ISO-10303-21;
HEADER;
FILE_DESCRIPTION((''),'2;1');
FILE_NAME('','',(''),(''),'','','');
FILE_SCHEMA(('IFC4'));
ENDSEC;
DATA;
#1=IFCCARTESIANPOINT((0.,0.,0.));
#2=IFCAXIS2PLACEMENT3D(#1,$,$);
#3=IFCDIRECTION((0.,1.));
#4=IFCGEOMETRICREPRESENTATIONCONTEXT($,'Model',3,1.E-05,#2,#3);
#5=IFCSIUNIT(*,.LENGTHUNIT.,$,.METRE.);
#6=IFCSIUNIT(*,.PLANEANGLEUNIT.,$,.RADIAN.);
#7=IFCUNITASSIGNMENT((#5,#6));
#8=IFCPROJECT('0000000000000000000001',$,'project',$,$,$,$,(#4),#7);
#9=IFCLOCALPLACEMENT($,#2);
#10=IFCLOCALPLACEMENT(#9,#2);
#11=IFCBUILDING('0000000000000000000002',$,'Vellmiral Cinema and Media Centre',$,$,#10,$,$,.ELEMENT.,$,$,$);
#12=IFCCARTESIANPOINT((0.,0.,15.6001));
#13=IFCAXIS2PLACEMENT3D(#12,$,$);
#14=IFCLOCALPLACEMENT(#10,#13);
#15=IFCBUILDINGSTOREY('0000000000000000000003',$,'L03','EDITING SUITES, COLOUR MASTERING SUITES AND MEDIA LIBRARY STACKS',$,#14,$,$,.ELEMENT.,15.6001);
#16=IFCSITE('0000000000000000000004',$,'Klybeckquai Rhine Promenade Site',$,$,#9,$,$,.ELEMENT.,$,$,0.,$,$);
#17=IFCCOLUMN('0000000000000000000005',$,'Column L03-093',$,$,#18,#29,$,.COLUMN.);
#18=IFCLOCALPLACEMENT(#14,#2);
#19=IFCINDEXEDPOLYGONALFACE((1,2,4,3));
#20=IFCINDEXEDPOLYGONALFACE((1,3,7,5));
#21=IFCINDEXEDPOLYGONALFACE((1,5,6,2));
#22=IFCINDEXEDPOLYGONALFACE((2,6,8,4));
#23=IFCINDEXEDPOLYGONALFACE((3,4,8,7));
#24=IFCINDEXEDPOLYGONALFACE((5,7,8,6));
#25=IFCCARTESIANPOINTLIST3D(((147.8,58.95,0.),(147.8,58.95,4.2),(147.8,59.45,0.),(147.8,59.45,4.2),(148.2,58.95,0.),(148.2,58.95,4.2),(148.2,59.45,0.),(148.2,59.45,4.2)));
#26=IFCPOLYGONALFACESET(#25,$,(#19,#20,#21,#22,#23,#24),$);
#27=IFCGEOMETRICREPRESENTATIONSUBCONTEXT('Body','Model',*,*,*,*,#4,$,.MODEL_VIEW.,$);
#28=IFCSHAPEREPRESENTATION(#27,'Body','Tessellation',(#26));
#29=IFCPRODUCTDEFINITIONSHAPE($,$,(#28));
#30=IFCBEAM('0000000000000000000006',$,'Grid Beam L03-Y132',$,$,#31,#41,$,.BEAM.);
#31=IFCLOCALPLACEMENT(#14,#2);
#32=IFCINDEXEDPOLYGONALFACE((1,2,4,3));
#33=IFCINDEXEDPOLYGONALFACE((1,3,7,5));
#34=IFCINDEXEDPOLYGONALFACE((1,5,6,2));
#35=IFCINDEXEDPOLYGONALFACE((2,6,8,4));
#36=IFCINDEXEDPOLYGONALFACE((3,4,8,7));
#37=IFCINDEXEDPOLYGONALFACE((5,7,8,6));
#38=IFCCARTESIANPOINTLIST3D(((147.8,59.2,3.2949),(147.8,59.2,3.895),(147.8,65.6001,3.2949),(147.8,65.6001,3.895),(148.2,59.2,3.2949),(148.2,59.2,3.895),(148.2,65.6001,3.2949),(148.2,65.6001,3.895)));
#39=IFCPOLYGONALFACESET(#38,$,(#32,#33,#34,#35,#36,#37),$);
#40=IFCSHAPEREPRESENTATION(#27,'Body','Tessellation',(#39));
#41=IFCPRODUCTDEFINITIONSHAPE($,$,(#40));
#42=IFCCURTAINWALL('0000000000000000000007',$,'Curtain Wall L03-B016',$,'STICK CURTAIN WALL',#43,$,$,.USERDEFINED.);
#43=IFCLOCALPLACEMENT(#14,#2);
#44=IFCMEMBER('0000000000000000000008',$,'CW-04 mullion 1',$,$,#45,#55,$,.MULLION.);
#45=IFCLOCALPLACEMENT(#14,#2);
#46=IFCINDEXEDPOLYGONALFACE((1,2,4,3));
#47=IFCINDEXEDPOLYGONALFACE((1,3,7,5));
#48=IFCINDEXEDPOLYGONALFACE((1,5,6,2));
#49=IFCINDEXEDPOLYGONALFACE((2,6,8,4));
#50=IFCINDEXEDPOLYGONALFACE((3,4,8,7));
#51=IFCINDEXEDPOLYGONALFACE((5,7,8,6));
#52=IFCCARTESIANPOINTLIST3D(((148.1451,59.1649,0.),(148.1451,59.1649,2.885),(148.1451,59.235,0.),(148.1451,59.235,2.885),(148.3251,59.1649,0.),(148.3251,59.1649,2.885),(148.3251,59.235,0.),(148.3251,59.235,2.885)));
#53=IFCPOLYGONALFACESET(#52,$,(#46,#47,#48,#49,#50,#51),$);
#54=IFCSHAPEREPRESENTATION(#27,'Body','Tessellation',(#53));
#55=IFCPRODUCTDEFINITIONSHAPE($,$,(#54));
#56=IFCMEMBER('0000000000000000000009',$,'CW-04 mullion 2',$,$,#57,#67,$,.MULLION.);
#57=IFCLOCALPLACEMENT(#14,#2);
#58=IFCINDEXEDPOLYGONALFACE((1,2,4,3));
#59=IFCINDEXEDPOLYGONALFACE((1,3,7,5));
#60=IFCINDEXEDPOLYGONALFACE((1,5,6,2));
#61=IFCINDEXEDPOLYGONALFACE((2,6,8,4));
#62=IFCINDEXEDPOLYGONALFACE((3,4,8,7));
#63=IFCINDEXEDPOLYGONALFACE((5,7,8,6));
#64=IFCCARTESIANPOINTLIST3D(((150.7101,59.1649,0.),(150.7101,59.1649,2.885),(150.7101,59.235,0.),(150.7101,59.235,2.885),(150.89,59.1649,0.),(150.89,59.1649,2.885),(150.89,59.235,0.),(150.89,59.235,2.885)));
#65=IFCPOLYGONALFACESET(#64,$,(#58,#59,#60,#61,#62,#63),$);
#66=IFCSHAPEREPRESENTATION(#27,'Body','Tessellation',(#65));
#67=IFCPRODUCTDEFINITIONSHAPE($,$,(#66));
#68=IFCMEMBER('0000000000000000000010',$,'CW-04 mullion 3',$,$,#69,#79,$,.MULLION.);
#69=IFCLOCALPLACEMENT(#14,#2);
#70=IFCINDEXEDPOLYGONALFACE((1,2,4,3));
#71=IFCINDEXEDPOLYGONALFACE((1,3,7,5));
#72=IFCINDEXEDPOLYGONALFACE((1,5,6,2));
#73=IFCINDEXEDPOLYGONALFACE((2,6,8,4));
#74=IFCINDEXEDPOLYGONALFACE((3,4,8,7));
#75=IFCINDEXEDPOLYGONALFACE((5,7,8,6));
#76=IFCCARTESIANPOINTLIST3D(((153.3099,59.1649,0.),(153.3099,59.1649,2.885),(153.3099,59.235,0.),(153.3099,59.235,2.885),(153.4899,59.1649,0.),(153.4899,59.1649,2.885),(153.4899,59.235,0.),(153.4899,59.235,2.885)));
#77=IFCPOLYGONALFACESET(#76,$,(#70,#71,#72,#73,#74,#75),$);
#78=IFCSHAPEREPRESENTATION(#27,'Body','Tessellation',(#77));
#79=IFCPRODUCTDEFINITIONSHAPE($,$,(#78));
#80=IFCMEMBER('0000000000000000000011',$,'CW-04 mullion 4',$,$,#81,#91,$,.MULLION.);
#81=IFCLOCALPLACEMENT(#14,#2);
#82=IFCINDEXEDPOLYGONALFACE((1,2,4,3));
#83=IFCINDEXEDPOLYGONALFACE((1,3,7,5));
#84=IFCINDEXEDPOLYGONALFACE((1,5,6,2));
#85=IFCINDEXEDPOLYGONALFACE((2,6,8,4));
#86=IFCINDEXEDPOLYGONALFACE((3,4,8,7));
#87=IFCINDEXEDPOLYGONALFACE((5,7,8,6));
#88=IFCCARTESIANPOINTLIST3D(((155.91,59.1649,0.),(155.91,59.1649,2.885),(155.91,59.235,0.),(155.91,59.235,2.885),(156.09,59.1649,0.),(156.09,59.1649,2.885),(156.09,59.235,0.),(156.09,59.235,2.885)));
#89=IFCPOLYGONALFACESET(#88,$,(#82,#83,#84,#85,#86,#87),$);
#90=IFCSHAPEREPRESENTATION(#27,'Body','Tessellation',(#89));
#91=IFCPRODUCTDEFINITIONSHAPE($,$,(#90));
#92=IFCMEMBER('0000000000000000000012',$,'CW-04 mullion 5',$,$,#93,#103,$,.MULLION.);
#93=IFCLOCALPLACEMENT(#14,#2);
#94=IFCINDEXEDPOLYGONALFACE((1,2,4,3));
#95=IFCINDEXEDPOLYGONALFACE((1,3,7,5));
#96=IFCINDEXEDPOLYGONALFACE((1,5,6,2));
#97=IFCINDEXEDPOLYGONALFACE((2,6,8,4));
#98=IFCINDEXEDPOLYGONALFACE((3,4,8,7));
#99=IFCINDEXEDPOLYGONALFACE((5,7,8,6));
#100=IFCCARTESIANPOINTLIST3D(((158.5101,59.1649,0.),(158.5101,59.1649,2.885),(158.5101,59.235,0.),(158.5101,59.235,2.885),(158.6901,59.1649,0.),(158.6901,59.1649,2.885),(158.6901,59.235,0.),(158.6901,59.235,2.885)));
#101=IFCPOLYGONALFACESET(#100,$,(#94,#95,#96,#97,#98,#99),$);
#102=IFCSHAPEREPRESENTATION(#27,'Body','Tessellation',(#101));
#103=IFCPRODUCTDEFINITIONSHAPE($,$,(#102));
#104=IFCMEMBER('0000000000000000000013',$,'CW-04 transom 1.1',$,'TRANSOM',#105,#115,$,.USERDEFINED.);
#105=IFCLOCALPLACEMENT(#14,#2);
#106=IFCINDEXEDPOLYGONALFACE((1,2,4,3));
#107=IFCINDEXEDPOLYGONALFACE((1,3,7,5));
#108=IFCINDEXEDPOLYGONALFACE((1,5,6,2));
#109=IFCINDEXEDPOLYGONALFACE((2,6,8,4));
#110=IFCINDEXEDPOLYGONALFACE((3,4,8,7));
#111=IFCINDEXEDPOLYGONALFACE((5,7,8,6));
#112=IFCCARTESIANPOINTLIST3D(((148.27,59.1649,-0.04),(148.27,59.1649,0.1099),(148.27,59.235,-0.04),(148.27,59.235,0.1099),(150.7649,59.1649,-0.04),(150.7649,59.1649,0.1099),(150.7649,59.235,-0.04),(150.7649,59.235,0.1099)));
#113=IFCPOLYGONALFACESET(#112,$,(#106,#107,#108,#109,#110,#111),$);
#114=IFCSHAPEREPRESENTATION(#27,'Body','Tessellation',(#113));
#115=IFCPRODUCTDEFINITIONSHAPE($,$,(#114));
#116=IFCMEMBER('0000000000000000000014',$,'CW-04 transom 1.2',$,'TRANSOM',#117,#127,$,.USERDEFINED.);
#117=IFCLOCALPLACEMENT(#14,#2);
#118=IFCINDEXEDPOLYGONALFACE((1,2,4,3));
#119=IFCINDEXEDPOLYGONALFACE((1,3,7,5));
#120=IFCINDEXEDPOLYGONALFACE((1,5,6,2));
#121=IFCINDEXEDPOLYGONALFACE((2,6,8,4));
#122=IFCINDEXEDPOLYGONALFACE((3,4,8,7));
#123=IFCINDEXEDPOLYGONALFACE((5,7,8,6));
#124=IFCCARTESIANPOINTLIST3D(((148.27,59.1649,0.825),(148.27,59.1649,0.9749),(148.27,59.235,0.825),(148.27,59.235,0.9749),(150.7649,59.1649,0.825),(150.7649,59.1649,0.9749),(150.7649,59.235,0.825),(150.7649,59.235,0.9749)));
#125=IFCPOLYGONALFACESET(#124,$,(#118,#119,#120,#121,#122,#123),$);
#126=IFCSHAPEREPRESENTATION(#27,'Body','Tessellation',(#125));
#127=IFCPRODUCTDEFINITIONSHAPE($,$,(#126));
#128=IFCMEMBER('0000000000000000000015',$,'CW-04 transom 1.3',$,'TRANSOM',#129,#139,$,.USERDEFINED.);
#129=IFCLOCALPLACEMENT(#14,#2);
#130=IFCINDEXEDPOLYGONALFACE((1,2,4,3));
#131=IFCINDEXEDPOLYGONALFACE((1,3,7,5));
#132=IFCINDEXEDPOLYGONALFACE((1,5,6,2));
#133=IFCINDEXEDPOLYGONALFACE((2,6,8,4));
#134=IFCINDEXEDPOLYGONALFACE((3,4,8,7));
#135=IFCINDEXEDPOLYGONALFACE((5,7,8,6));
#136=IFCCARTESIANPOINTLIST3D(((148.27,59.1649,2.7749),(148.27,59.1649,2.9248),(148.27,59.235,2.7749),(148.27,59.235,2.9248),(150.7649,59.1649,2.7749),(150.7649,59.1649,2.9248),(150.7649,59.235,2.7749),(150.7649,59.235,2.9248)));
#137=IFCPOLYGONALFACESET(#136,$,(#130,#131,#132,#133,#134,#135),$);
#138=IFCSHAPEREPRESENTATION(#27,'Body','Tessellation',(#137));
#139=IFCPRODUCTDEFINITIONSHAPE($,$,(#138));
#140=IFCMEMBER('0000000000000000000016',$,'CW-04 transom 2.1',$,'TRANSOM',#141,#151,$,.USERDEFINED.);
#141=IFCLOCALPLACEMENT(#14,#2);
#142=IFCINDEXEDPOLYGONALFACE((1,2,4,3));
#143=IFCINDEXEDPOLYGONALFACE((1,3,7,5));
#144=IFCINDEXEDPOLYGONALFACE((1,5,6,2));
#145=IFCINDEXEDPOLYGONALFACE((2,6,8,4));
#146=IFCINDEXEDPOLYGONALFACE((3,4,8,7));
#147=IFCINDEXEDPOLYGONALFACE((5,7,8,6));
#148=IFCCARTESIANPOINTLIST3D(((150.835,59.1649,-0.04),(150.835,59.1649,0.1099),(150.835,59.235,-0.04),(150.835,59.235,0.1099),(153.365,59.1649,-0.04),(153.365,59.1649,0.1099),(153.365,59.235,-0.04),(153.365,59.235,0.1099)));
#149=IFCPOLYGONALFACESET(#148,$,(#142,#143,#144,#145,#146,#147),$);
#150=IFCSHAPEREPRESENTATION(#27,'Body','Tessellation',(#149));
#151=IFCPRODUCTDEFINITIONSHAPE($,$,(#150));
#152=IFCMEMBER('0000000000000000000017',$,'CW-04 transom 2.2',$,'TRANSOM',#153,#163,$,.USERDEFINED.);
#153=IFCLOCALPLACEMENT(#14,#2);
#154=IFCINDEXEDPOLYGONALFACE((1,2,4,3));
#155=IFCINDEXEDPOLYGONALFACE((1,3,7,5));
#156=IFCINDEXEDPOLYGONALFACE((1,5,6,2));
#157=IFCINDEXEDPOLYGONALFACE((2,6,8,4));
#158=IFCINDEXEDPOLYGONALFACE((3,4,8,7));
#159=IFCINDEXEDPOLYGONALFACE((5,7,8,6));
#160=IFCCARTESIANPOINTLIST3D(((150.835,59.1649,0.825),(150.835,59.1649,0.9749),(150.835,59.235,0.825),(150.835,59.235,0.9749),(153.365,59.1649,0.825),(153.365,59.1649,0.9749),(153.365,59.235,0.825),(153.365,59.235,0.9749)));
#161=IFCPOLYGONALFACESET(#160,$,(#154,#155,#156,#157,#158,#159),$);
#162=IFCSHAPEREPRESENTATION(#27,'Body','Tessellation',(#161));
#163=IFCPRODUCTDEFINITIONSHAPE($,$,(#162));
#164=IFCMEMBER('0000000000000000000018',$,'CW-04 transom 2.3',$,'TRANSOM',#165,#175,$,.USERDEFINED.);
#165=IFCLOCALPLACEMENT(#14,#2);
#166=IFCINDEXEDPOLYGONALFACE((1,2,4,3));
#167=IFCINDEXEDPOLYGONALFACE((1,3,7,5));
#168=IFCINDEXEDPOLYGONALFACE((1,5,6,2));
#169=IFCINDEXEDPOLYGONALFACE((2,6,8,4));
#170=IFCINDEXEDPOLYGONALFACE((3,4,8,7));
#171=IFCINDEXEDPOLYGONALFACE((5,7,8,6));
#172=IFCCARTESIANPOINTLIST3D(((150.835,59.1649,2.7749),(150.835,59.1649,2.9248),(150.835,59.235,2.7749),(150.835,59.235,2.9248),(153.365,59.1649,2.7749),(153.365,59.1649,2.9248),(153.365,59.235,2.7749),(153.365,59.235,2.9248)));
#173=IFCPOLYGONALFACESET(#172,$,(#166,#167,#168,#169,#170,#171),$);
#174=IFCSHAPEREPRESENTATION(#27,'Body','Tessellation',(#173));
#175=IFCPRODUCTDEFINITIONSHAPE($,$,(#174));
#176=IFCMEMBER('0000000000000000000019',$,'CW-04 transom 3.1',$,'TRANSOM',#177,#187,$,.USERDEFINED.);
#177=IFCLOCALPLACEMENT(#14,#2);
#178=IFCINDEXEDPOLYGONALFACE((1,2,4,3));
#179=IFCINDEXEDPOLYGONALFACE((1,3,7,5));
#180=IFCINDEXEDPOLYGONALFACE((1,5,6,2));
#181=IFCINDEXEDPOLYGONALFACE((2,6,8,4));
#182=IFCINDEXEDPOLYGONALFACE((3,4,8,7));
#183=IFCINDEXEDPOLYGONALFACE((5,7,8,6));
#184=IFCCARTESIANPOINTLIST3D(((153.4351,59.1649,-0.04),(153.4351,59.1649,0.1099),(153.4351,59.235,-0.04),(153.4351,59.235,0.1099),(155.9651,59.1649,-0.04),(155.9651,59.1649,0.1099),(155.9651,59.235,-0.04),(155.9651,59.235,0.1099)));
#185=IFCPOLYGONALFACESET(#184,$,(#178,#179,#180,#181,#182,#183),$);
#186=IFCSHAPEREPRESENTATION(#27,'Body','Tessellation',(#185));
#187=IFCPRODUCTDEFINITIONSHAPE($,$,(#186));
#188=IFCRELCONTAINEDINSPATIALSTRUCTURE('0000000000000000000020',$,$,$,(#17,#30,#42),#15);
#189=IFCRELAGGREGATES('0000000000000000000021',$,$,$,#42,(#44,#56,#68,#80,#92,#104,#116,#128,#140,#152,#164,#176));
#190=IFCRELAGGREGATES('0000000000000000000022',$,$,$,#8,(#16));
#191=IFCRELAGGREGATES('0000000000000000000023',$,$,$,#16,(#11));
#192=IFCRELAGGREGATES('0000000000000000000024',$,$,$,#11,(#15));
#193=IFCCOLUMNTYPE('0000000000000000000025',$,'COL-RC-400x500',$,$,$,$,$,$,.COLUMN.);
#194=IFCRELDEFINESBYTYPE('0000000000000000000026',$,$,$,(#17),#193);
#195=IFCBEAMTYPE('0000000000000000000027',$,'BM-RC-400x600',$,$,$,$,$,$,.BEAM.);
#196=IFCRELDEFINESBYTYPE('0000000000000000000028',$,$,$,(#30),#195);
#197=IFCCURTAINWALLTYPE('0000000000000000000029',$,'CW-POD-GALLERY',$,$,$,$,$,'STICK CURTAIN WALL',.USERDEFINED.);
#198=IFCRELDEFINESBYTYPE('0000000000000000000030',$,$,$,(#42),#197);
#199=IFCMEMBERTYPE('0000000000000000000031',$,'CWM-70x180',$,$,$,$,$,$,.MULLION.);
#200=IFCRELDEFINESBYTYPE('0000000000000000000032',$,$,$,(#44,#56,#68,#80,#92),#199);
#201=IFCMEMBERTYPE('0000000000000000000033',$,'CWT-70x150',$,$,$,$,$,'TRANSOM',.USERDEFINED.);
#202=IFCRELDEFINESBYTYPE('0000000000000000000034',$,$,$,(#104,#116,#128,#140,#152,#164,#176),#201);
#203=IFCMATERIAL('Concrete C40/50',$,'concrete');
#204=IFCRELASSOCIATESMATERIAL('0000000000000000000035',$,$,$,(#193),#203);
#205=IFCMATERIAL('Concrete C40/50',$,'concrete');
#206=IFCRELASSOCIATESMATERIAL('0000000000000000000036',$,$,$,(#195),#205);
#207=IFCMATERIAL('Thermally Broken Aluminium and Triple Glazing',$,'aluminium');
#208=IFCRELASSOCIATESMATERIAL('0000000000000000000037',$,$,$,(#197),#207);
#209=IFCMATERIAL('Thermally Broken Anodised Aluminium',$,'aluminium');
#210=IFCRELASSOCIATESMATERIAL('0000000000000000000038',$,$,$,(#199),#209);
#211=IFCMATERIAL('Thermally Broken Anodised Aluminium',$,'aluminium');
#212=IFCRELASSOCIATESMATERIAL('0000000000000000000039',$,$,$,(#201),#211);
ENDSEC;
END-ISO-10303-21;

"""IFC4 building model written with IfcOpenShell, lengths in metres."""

from ifc_helpers import new_model, si_unit, direction, frame, origin, origin_2d, place, context, subcontext, project, spatial, rectangle, extrude, material, material_profile, profile_set, type_object, element, aggregate, save


model = new_model("IFC4")

# Units and contexts
model_context = context("Model", 3, precision=1e-05, world=origin(), true_north=direction((0.0, 1.0)))
body_context = subcontext(model_context, "Body", "Model", "MODEL_VIEW")
ifc_project = project(units=[si_unit("LENGTHUNIT", "METRE"), si_unit("PLANEANGLEUNIT", "RADIAN")], contexts=[model_context])

# Site, building, storey
site_placement = place(None, origin())
site = spatial("IfcSite", under=ifc_project, at=site_placement, Name="Klybeckquai Rhine Promenade Site", CompositionType="ELEMENT", RefElevation=0.0)
building_placement = place(site_placement, origin())
building = spatial("IfcBuilding", under=site, at=building_placement, Name="Vellmiral Cinema and Media Centre", CompositionType="ELEMENT")
storey_placement = place(building_placement, frame((0.0, 0.0, 15.6001)))
storey = spatial("IfcBuildingStorey", under=building, at=storey_placement, Name="L03", Description="EDITING SUITES, COLOUR MASTERING SUITES AND MEDIA LIBRARY STACKS", CompositionType="ELEMENT", Elevation=15.6001)

# Column
ifc_material_1 = material(Name="Concrete C40/50", Category="concrete")
ifc_material_profile_1 = material_profile(ifc_material_1, rectangle(XDim=0.3999, YDim=0.5, at=origin_2d()), Name="RC 400x500")
ifc_profile_set_1 = profile_set([ifc_material_profile_1], Name="Concrete C40/50")
column_type = type_object("IfcColumnType", Name="COL-RC-400x500", PredefinedType="COLUMN", material=ifc_profile_set_1)
column_placement = place(storey_placement, frame((148.0, 59.2, 0.0), z_axis=(0.0, 0.0, 1.0), x_axis=(1.0, 0.0, 0.0)))
element("IfcColumn", 1, at=column_placement, inside=storey, type_object=column_type, Name="Column L03-093", PredefinedType="COLUMN", context=body_context, shape_type="SweptSolid", body=[
    extrude(rectangle(XDim=0.3999, YDim=0.5, at=origin_2d()), origin(), (0.0, 0.0, 1.0), 4.2),
])

# Beam
ifc_material_2 = material(Name="Concrete C40/50", Category="concrete")
ifc_material_profile_2 = material_profile(ifc_material_2, rectangle(XDim=0.3999, YDim=0.6001, at=origin_2d()), Name="RC 400x600")
ifc_profile_set_2 = profile_set([ifc_material_profile_2], Name="Concrete C40/50")
beam_type_1 = type_object("IfcBeamType", Name="BM-RC-400x600", PredefinedType="BEAM", material=ifc_profile_set_2)
beam_1_placement = place(storey_placement, frame((148.0, 59.2, 3.595), z_axis=(0.0, 1.0, 0.0), x_axis=(-1.0, 0.0, 0.0)))
element("IfcBeam", 2, at=beam_1_placement, inside=storey, type_object=beam_type_1, Name="Grid Beam L03-Y132", PredefinedType="BEAM", context=body_context, shape_type="SweptSolid", body=[
    extrude(rectangle(XDim=0.3999, YDim=0.6001, at=origin_2d()), origin(), (0.0, 0.0, 1.0), 6.4001),
])

# Curtain wall, members
ifc_material_3 = material(Name="Thermally Broken Aluminium and Triple Glazing", Category="aluminium")
curtain_wall_type = type_object("IfcCurtainWallType", Name="CW-POD-GALLERY", ElementType="STICK CURTAIN WALL", PredefinedType="USERDEFINED", material=ifc_material_3)
curtain_wall_placement = place(storey_placement, origin())
curtain_wall = element("IfcCurtainWall", 3, at=curtain_wall_placement, inside=storey, type_object=curtain_wall_type, Name="Curtain Wall L03-B016", ObjectType="STICK CURTAIN WALL", PredefinedType="USERDEFINED")
ifc_material_4 = material(Name="Thermally Broken Anodised Aluminium", Category="aluminium")
ifc_material_profile_3 = material_profile(ifc_material_4, rectangle(XDim=0.0701, YDim=0.1799, at=origin_2d()), Name="MULL 70x180")
ifc_profile_set_3 = profile_set([ifc_material_profile_3], Name="Thermally Broken Anodised Aluminium")
member_type_1 = type_object("IfcMemberType", Name="CWM-70x180", PredefinedType="MULLION", material=ifc_profile_set_3)
member_1_placement = place(storey_placement, frame((148.2351, 59.2, 0.0), z_axis=(0.0, 0.0, 1.0), x_axis=(0.0, 1.0, 0.0)))
member_1 = element("IfcMember", 4, at=member_1_placement, type_object=member_type_1, Name="CW-04 mullion 1", PredefinedType="MULLION", context=body_context, shape_type="SweptSolid", body=[
    extrude(rectangle(XDim=0.0701, YDim=0.1799, at=origin_2d()), origin(), (0.0, 0.0, 1.0), 2.885),
])
member_2_placement = place(storey_placement, frame((150.8, 59.2, 0.0), z_axis=(0.0, 0.0, 1.0), x_axis=(0.0, 1.0, 0.0)))
member_2 = element("IfcMember", 5, at=member_2_placement, type_object=member_type_1, Name="CW-04 mullion 2", PredefinedType="MULLION", context=body_context, shape_type="SweptSolid", body=[
    extrude(rectangle(XDim=0.0701, YDim=0.1799, at=origin_2d()), origin(), (0.0, 0.0, 1.0), 2.885),
])
member_3_placement = place(storey_placement, frame((153.3999, 59.2, 0.0), z_axis=(0.0, 0.0, 1.0), x_axis=(0.0, 1.0, 0.0)))
member_3 = element("IfcMember", 6, at=member_3_placement, type_object=member_type_1, Name="CW-04 mullion 3", PredefinedType="MULLION", context=body_context, shape_type="SweptSolid", body=[
    extrude(rectangle(XDim=0.0701, YDim=0.1799, at=origin_2d()), origin(), (0.0, 0.0, 1.0), 2.885),
])
member_4_placement = place(storey_placement, frame((156.0, 59.2, 0.0), z_axis=(0.0, 0.0, 1.0), x_axis=(0.0, 1.0, 0.0)))
member_4 = element("IfcMember", 7, at=member_4_placement, type_object=member_type_1, Name="CW-04 mullion 4", PredefinedType="MULLION", context=body_context, shape_type="SweptSolid", body=[
    extrude(rectangle(XDim=0.0701, YDim=0.1799, at=origin_2d()), origin(), (0.0, 0.0, 1.0), 2.885),
])
member_5_placement = place(storey_placement, frame((158.6001, 59.2, 0.0), z_axis=(0.0, 0.0, 1.0), x_axis=(0.0, 1.0, 0.0)))
member_5 = element("IfcMember", 8, at=member_5_placement, type_object=member_type_1, Name="CW-04 mullion 5", PredefinedType="MULLION", context=body_context, shape_type="SweptSolid", body=[
    extrude(rectangle(XDim=0.0701, YDim=0.1799, at=origin_2d()), origin(), (0.0, 0.0, 1.0), 2.885),
])
ifc_material_5 = material(Name="Thermally Broken Anodised Aluminium", Category="aluminium")
ifc_material_profile_4 = material_profile(ifc_material_5, rectangle(XDim=0.0701, YDim=0.1499, at=origin_2d()), Name="MULL 70x150")
ifc_profile_set_4 = profile_set([ifc_material_profile_4], Name="Thermally Broken Anodised Aluminium")
member_type_2 = type_object("IfcMemberType", Name="CWT-70x150", ElementType="TRANSOM", PredefinedType="USERDEFINED", material=ifc_profile_set_4)
member_6_placement = place(storey_placement, frame((148.27, 59.2, 0.0349), z_axis=(1.0, 0.0, 0.0), x_axis=(0.0, 1.0, 0.0)))
member_6 = element("IfcMember", 9, at=member_6_placement, type_object=member_type_2, Name="CW-04 transom 1.1", ObjectType="TRANSOM", PredefinedType="USERDEFINED", context=body_context, shape_type="SweptSolid", body=[
    extrude(rectangle(XDim=0.0701, YDim=0.1499, at=origin_2d()), origin(), (0.0, 0.0, 1.0), 2.4949),
])
member_7_placement = place(storey_placement, frame((148.27, 59.2, 0.8999), z_axis=(1.0, 0.0, 0.0), x_axis=(0.0, 1.0, 0.0)))
member_7 = element("IfcMember", 10, at=member_7_placement, type_object=member_type_2, Name="CW-04 transom 1.2", ObjectType="TRANSOM", PredefinedType="USERDEFINED", context=body_context, shape_type="SweptSolid", body=[
    extrude(rectangle(XDim=0.0701, YDim=0.1499, at=origin_2d()), origin(), (0.0, 0.0, 1.0), 2.4949),
])
member_8_placement = place(storey_placement, frame((148.27, 59.2, 2.8499), z_axis=(1.0, 0.0, 0.0), x_axis=(0.0, 1.0, 0.0)))
member_8 = element("IfcMember", 11, at=member_8_placement, type_object=member_type_2, Name="CW-04 transom 1.3", ObjectType="TRANSOM", PredefinedType="USERDEFINED", context=body_context, shape_type="SweptSolid", body=[
    extrude(rectangle(XDim=0.0701, YDim=0.1499, at=origin_2d()), origin(), (0.0, 0.0, 1.0), 2.4949),
])
member_9_placement = place(storey_placement, frame((150.835, 59.2, 0.0349), z_axis=(1.0, 0.0, 0.0), x_axis=(0.0, 1.0, 0.0)))
member_9 = element("IfcMember", 12, at=member_9_placement, type_object=member_type_2, Name="CW-04 transom 2.1", ObjectType="TRANSOM", PredefinedType="USERDEFINED", context=body_context, shape_type="SweptSolid", body=[
    extrude(rectangle(XDim=0.0701, YDim=0.1499, at=origin_2d()), origin(), (0.0, 0.0, 1.0), 2.53),
])
member_10_placement = place(storey_placement, frame((150.835, 59.2, 0.8999), z_axis=(1.0, 0.0, 0.0), x_axis=(0.0, 1.0, 0.0)))
member_10 = element("IfcMember", 13, at=member_10_placement, type_object=member_type_2, Name="CW-04 transom 2.2", ObjectType="TRANSOM", PredefinedType="USERDEFINED", context=body_context, shape_type="SweptSolid", body=[
    extrude(rectangle(XDim=0.0701, YDim=0.1499, at=origin_2d()), origin(), (0.0, 0.0, 1.0), 2.53),
])
member_11_placement = place(storey_placement, frame((150.835, 59.2, 2.8499), z_axis=(1.0, 0.0, 0.0), x_axis=(0.0, 1.0, 0.0)))
member_11 = element("IfcMember", 14, at=member_11_placement, type_object=member_type_2, Name="CW-04 transom 2.3", ObjectType="TRANSOM", PredefinedType="USERDEFINED", context=body_context, shape_type="SweptSolid", body=[
    extrude(rectangle(XDim=0.0701, YDim=0.1499, at=origin_2d()), origin(), (0.0, 0.0, 1.0), 2.53),
])
member_12_placement = place(storey_placement, frame((153.4351, 59.2, 0.0349), z_axis=(1.0, 0.0, 0.0), x_axis=(0.0, 1.0, 0.0)))
member_12 = element("IfcMember", 15, at=member_12_placement, type_object=member_type_2, Name="CW-04 transom 3.1", ObjectType="TRANSOM", PredefinedType="USERDEFINED", context=body_context, shape_type="SweptSolid", body=[
    extrude(rectangle(XDim=0.0701, YDim=0.1499, at=origin_2d()), origin(), (0.0, 0.0, 1.0), 2.53),
])

aggregate(curtain_wall, [member_1, member_2, member_3, member_4, member_5, member_6, member_7, member_8, member_9, member_10, member_11, member_12])

save(model, "model.ifc")
